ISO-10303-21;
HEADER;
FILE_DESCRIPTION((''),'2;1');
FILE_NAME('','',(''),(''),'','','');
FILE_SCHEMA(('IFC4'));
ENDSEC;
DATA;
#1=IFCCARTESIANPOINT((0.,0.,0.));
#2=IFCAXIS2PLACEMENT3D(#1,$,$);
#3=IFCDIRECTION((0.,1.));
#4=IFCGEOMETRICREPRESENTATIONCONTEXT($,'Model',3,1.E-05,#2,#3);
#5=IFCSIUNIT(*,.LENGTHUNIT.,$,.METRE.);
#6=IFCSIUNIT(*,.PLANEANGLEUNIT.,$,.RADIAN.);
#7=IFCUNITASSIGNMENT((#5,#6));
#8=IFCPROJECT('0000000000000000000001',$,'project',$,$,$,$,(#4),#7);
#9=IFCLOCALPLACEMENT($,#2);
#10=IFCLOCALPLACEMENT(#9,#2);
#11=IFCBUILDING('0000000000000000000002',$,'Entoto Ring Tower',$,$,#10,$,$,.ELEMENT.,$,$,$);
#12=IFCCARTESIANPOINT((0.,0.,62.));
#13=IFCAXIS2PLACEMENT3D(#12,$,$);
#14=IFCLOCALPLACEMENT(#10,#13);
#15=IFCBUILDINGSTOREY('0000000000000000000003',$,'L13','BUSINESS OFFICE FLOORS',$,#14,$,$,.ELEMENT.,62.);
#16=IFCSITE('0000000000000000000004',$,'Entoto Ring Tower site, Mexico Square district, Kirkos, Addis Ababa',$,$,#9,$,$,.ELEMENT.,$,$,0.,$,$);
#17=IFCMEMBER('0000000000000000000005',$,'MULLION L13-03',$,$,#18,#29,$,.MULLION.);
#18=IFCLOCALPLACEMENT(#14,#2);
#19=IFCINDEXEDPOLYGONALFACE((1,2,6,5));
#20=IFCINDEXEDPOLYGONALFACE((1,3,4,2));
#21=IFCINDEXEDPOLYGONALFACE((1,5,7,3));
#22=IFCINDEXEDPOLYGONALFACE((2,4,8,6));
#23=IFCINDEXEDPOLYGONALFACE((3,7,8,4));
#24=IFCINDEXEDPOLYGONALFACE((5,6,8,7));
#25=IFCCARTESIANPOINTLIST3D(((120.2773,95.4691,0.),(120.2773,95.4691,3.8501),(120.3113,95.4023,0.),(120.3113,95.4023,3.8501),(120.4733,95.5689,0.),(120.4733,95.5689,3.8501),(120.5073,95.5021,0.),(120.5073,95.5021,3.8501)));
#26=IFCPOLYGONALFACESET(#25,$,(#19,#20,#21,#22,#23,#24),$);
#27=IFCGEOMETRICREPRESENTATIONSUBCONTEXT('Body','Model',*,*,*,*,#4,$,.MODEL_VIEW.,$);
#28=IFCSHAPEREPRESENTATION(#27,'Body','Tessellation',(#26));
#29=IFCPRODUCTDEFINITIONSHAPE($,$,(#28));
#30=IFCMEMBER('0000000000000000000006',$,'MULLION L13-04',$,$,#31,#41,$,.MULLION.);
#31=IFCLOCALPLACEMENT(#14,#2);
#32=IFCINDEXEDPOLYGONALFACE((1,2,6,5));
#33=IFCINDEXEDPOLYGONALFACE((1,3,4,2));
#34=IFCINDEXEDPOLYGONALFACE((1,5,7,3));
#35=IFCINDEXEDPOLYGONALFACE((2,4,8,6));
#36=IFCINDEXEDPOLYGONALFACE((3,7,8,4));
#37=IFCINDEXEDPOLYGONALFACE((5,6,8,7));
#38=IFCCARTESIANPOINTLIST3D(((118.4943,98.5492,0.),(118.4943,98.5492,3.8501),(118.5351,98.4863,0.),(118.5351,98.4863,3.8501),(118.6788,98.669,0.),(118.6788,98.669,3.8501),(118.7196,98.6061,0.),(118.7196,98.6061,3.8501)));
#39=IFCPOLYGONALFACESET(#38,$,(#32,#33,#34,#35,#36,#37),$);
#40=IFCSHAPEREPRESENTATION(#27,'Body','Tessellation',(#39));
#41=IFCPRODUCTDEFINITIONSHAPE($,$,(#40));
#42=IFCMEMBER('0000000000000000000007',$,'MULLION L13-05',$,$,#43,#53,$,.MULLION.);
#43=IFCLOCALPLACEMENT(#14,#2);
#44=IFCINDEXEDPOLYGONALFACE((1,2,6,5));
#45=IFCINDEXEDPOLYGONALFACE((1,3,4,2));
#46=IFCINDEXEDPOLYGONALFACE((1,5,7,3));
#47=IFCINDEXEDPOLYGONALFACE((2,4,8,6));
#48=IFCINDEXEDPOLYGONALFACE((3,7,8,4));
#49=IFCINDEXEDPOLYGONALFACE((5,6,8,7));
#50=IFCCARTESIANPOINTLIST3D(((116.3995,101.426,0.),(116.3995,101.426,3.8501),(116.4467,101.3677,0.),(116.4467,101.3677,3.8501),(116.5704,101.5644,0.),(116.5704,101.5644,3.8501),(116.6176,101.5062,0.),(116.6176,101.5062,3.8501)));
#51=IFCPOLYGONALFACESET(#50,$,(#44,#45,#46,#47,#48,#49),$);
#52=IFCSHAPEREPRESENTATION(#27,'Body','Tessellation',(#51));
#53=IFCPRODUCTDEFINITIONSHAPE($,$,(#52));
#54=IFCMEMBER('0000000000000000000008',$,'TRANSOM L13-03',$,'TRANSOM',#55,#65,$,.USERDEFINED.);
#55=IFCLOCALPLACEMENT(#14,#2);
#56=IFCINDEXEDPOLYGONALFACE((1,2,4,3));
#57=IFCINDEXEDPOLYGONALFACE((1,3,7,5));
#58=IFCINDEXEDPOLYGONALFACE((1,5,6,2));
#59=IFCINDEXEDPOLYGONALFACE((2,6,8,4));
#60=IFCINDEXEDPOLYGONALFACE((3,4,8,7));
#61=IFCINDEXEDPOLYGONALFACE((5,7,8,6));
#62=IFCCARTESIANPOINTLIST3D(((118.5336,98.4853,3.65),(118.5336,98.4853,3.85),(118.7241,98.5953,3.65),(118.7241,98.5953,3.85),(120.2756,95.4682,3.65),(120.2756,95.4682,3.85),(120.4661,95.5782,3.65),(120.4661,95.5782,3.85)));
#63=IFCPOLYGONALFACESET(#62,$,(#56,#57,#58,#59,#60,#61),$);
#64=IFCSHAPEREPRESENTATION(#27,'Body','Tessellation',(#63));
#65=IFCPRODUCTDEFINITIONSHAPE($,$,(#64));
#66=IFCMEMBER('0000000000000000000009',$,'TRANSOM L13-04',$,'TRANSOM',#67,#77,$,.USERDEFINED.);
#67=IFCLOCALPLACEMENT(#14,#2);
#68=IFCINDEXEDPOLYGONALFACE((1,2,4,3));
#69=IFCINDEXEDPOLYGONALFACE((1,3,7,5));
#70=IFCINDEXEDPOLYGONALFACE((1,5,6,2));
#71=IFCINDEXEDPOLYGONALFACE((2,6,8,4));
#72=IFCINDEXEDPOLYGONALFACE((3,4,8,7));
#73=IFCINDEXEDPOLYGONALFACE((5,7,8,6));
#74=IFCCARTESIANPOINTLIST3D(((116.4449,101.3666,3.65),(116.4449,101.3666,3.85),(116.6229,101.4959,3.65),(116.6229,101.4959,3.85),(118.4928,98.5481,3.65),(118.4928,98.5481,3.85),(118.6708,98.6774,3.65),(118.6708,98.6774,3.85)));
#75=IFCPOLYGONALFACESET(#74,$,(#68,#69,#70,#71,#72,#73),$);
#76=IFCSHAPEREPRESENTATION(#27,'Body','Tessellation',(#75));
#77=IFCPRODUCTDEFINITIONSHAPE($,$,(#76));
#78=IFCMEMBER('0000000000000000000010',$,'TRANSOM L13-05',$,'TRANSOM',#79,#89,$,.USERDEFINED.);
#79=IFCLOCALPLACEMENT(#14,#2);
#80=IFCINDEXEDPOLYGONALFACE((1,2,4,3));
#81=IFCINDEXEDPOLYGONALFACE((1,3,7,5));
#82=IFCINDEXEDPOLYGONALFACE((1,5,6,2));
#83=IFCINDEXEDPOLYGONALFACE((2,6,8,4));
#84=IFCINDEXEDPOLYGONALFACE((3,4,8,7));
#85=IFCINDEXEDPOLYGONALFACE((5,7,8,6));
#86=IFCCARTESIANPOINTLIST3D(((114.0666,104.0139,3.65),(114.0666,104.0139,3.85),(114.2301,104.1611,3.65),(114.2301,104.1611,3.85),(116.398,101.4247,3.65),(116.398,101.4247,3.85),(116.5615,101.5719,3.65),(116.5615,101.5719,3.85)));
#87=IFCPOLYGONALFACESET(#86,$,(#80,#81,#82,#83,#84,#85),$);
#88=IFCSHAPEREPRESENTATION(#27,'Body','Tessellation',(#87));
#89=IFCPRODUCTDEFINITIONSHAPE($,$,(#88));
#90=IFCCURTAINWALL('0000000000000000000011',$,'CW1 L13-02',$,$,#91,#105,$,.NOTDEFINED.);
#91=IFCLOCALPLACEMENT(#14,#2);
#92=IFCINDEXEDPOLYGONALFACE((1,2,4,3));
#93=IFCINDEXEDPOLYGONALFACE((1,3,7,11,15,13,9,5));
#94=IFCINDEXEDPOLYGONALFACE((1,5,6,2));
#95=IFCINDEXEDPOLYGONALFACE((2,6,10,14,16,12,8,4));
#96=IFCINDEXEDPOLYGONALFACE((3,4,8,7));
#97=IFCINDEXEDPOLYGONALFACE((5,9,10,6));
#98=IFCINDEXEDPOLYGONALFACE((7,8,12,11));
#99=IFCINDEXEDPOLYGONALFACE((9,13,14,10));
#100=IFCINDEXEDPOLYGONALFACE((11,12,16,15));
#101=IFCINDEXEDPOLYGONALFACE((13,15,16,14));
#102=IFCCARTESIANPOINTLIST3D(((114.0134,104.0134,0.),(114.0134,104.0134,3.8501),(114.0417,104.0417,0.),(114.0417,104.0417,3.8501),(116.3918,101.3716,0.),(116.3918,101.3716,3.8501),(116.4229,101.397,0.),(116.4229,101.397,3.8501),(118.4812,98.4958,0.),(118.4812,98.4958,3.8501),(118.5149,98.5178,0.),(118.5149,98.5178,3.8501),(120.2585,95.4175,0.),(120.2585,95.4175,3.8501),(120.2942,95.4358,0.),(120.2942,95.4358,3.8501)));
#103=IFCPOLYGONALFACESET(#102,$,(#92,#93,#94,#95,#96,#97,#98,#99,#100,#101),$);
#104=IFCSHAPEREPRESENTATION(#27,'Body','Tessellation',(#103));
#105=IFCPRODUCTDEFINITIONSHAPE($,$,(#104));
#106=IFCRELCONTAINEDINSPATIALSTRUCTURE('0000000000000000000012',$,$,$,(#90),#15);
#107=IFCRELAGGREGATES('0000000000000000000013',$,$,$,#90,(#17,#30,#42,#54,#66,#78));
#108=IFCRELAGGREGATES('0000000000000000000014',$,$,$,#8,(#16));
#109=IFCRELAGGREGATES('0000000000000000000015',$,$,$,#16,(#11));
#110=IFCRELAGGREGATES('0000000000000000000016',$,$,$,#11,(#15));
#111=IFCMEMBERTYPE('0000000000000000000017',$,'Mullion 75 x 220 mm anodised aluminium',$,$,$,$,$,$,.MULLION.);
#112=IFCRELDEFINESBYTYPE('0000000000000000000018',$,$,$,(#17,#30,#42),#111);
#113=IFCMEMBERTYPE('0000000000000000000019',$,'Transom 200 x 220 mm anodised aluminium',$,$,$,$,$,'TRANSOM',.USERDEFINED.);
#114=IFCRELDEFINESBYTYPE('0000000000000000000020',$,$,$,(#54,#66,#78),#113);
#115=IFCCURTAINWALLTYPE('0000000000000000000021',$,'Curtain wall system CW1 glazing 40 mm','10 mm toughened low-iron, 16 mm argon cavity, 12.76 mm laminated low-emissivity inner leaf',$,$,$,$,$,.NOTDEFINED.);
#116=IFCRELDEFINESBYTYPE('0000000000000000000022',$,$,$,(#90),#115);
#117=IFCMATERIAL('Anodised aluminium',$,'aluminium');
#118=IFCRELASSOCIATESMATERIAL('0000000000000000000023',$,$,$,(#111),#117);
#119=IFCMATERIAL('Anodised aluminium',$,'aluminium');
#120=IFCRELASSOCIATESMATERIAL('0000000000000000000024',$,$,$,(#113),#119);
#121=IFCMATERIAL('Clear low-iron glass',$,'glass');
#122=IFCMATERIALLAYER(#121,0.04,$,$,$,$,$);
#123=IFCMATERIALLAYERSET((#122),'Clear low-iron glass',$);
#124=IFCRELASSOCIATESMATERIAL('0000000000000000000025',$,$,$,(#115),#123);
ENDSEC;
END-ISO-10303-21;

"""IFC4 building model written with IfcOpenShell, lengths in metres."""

from ifc_helpers import new_model, si_unit, direction, frame, origin, origin_2d, place, context, subcontext, project, spatial, polyline, rectangle, outline, extrude, material, layer, layer_set, material_profile, profile_set, type_object, element, aggregate, save


model = new_model("IFC4")

# Units and contexts
model_context = context("Model", 3, precision=1e-05, world=origin(), true_north=direction((0.0, 1.0)))
body_context = subcontext(model_context, "Body", "Model", "MODEL_VIEW")
ifc_project = project(units=[si_unit("LENGTHUNIT", "METRE"), si_unit("PLANEANGLEUNIT", "RADIAN")], contexts=[model_context])

# Members
ifc_material_1 = material(Name="Anodised aluminium", Category="aluminium")
ifc_material_profile_1 = material_profile(ifc_material_1, rectangle(XDim=0.075, YDim=0.22, at=origin_2d()), Name="Mullion 75 x 220 mm anodised aluminium")
ifc_profile_set_1 = profile_set([ifc_material_profile_1], Name="Anodised aluminium")
member_type_1 = type_object("IfcMemberType", Name="Mullion 75 x 220 mm anodised aluminium", PredefinedType="MULLION", material=ifc_profile_set_1)
site_placement = place(None, origin())
building_placement = place(site_placement, origin())
storey_placement = place(building_placement, frame((0.0, 0.0, 62.0)))
member_1_placement = place(storey_placement, frame((120.3923, 95.4856, 0.0), z_axis=(0.0, 0.0, 1.0), x_axis=(-0.45399, 0.891007, 0.0)))
member_1 = element("IfcMember", 1, at=member_1_placement, type_object=member_type_1, Name="MULLION L13-03", PredefinedType="MULLION", context=body_context, shape_type="SweptSolid", body=[
    extrude(rectangle(XDim=0.075, YDim=0.22, at=origin_2d()), origin(), (0.0, 0.0, 1.0), 3.8501),
])
member_2_placement = place(storey_placement, frame((118.6069, 98.5776, 0.0), z_axis=(0.0, 0.0, 1.0), x_axis=(-0.544639, 0.838671, 0.0)))
member_2 = element("IfcMember", 2, at=member_2_placement, type_object=member_type_1, Name="MULLION L13-04", PredefinedType="MULLION", context=body_context, shape_type="SweptSolid", body=[
    extrude(rectangle(XDim=0.075, YDim=0.22, at=origin_2d()), origin(), (0.0, 0.0, 1.0), 3.8501),
])
member_3_placement = place(storey_placement, frame((116.5085, 101.4661, 0.0), z_axis=(0.0, 0.0, 1.0), x_axis=(-0.62932, 0.777146, 0.0)))
member_3 = element("IfcMember", 3, at=member_3_placement, type_object=member_type_1, Name="MULLION L13-05", PredefinedType="MULLION", context=body_context, shape_type="SweptSolid", body=[
    extrude(rectangle(XDim=0.075, YDim=0.22, at=origin_2d()), origin(), (0.0, 0.0, 1.0), 3.8501),
])
ifc_material_2 = material(Name="Anodised aluminium", Category="aluminium")
ifc_material_profile_2 = material_profile(ifc_material_2, rectangle(XDim=0.22, YDim=0.2, at=origin_2d()), Name="Transom 200 x 220 mm anodised aluminium")
ifc_profile_set_2 = profile_set([ifc_material_profile_2], Name="Anodised aluminium")
member_type_2 = type_object("IfcMemberType", Name="Transom 200 x 220 mm anodised aluminium", ElementType="TRANSOM", PredefinedType="USERDEFINED", material=ifc_profile_set_2)
member_4_placement = place(storey_placement, frame((120.3708, 95.5232, 3.75), z_axis=(-0.500006, 0.866022, 0.0), x_axis=(-0.866022, -0.500006, 0.0)))
member_4 = element("IfcMember", 4, at=member_4_placement, type_object=member_type_2, Name="TRANSOM L13-03", ObjectType="TRANSOM", PredefinedType="USERDEFINED", context=body_context, shape_type="SweptSolid", body=[
    extrude(rectangle(XDim=0.22, YDim=0.2, at=origin_2d()), origin(), (0.0, 0.0, 1.0), 3.4839),
])
member_5_placement = place(storey_placement, frame((118.5818, 98.6128, 3.75), z_axis=(-0.587822, 0.808991, 0.0), x_axis=(-0.808991, -0.587822, 0.0)))
member_5 = element("IfcMember", 5, at=member_5_placement, type_object=member_type_2, Name="TRANSOM L13-04", ObjectType="TRANSOM", PredefinedType="USERDEFINED", context=body_context, shape_type="SweptSolid", body=[
    extrude(rectangle(XDim=0.22, YDim=0.2, at=origin_2d()), origin(), (0.0, 0.0, 1.0), 3.4839),
])
member_6_placement = place(storey_placement, frame((116.4797, 101.4983, 3.75), z_axis=(-0.669139, 0.743137, 0.0), x_axis=(-0.743137, -0.669139, 0.0)))
member_6 = element("IfcMember", 6, at=member_6_placement, type_object=member_type_2, Name="TRANSOM L13-05", ObjectType="TRANSOM", PredefinedType="USERDEFINED", context=body_context, shape_type="SweptSolid", body=[
    extrude(rectangle(XDim=0.22, YDim=0.2, at=origin_2d()), origin(), (0.0, 0.0, 1.0), 3.4841),
])

# Site, building, storey
site = spatial("IfcSite", under=ifc_project, at=site_placement, Name="Entoto Ring Tower site, Mexico Square district, Kirkos, Addis Ababa", CompositionType="ELEMENT", RefElevation=0.0)
building = spatial("IfcBuilding", under=site, at=building_placement, Name="Entoto Ring Tower", CompositionType="ELEMENT")
storey = spatial("IfcBuildingStorey", under=building, at=storey_placement, Name="L13", Description="BUSINESS OFFICE FLOORS", CompositionType="ELEMENT", Elevation=62.0)

# Curtain wall
ifc_material_3 = material(Name="Clear low-iron glass", Category="glass")
ifc_layer_1 = layer(ifc_material_3, 0.04)
ifc_layer_set_1 = layer_set([ifc_layer_1], Name="Clear low-iron glass")
curtain_wall_type = type_object("IfcCurtainWallType", Name="Curtain wall system CW1 glazing 40 mm", Description="10 mm toughened low-iron, 16 mm argon cavity, 12.76 mm laminated low-emissivity inner leaf", PredefinedType="NOTDEFINED", material=ifc_layer_set_1)
curtain_wall_1_placement = place(storey_placement, origin())
curtain_wall_1 = element("IfcCurtainWall", 7, at=curtain_wall_1_placement, inside=storey, type_object=curtain_wall_type, Name="CW1 L13-02", PredefinedType="NOTDEFINED", context=body_context, shape_type="SweptSolid", body=[
    extrude(outline(polyline([(120.2942, 95.4358), (118.5149, 98.5178), (116.4229, 101.397), (114.0417, 104.0417), (114.0134, 104.0134), (116.3918, 101.3716), (118.4812, 98.4958), (120.2585, 95.4175), (120.2942, 95.4358)])), origin(), (0.0, 0.0, 1.0), 3.8501),
])
aggregate(curtain_wall_1, [member_1, member_2, member_3, member_4, member_5, member_6])

save(model, "model.ifc")
